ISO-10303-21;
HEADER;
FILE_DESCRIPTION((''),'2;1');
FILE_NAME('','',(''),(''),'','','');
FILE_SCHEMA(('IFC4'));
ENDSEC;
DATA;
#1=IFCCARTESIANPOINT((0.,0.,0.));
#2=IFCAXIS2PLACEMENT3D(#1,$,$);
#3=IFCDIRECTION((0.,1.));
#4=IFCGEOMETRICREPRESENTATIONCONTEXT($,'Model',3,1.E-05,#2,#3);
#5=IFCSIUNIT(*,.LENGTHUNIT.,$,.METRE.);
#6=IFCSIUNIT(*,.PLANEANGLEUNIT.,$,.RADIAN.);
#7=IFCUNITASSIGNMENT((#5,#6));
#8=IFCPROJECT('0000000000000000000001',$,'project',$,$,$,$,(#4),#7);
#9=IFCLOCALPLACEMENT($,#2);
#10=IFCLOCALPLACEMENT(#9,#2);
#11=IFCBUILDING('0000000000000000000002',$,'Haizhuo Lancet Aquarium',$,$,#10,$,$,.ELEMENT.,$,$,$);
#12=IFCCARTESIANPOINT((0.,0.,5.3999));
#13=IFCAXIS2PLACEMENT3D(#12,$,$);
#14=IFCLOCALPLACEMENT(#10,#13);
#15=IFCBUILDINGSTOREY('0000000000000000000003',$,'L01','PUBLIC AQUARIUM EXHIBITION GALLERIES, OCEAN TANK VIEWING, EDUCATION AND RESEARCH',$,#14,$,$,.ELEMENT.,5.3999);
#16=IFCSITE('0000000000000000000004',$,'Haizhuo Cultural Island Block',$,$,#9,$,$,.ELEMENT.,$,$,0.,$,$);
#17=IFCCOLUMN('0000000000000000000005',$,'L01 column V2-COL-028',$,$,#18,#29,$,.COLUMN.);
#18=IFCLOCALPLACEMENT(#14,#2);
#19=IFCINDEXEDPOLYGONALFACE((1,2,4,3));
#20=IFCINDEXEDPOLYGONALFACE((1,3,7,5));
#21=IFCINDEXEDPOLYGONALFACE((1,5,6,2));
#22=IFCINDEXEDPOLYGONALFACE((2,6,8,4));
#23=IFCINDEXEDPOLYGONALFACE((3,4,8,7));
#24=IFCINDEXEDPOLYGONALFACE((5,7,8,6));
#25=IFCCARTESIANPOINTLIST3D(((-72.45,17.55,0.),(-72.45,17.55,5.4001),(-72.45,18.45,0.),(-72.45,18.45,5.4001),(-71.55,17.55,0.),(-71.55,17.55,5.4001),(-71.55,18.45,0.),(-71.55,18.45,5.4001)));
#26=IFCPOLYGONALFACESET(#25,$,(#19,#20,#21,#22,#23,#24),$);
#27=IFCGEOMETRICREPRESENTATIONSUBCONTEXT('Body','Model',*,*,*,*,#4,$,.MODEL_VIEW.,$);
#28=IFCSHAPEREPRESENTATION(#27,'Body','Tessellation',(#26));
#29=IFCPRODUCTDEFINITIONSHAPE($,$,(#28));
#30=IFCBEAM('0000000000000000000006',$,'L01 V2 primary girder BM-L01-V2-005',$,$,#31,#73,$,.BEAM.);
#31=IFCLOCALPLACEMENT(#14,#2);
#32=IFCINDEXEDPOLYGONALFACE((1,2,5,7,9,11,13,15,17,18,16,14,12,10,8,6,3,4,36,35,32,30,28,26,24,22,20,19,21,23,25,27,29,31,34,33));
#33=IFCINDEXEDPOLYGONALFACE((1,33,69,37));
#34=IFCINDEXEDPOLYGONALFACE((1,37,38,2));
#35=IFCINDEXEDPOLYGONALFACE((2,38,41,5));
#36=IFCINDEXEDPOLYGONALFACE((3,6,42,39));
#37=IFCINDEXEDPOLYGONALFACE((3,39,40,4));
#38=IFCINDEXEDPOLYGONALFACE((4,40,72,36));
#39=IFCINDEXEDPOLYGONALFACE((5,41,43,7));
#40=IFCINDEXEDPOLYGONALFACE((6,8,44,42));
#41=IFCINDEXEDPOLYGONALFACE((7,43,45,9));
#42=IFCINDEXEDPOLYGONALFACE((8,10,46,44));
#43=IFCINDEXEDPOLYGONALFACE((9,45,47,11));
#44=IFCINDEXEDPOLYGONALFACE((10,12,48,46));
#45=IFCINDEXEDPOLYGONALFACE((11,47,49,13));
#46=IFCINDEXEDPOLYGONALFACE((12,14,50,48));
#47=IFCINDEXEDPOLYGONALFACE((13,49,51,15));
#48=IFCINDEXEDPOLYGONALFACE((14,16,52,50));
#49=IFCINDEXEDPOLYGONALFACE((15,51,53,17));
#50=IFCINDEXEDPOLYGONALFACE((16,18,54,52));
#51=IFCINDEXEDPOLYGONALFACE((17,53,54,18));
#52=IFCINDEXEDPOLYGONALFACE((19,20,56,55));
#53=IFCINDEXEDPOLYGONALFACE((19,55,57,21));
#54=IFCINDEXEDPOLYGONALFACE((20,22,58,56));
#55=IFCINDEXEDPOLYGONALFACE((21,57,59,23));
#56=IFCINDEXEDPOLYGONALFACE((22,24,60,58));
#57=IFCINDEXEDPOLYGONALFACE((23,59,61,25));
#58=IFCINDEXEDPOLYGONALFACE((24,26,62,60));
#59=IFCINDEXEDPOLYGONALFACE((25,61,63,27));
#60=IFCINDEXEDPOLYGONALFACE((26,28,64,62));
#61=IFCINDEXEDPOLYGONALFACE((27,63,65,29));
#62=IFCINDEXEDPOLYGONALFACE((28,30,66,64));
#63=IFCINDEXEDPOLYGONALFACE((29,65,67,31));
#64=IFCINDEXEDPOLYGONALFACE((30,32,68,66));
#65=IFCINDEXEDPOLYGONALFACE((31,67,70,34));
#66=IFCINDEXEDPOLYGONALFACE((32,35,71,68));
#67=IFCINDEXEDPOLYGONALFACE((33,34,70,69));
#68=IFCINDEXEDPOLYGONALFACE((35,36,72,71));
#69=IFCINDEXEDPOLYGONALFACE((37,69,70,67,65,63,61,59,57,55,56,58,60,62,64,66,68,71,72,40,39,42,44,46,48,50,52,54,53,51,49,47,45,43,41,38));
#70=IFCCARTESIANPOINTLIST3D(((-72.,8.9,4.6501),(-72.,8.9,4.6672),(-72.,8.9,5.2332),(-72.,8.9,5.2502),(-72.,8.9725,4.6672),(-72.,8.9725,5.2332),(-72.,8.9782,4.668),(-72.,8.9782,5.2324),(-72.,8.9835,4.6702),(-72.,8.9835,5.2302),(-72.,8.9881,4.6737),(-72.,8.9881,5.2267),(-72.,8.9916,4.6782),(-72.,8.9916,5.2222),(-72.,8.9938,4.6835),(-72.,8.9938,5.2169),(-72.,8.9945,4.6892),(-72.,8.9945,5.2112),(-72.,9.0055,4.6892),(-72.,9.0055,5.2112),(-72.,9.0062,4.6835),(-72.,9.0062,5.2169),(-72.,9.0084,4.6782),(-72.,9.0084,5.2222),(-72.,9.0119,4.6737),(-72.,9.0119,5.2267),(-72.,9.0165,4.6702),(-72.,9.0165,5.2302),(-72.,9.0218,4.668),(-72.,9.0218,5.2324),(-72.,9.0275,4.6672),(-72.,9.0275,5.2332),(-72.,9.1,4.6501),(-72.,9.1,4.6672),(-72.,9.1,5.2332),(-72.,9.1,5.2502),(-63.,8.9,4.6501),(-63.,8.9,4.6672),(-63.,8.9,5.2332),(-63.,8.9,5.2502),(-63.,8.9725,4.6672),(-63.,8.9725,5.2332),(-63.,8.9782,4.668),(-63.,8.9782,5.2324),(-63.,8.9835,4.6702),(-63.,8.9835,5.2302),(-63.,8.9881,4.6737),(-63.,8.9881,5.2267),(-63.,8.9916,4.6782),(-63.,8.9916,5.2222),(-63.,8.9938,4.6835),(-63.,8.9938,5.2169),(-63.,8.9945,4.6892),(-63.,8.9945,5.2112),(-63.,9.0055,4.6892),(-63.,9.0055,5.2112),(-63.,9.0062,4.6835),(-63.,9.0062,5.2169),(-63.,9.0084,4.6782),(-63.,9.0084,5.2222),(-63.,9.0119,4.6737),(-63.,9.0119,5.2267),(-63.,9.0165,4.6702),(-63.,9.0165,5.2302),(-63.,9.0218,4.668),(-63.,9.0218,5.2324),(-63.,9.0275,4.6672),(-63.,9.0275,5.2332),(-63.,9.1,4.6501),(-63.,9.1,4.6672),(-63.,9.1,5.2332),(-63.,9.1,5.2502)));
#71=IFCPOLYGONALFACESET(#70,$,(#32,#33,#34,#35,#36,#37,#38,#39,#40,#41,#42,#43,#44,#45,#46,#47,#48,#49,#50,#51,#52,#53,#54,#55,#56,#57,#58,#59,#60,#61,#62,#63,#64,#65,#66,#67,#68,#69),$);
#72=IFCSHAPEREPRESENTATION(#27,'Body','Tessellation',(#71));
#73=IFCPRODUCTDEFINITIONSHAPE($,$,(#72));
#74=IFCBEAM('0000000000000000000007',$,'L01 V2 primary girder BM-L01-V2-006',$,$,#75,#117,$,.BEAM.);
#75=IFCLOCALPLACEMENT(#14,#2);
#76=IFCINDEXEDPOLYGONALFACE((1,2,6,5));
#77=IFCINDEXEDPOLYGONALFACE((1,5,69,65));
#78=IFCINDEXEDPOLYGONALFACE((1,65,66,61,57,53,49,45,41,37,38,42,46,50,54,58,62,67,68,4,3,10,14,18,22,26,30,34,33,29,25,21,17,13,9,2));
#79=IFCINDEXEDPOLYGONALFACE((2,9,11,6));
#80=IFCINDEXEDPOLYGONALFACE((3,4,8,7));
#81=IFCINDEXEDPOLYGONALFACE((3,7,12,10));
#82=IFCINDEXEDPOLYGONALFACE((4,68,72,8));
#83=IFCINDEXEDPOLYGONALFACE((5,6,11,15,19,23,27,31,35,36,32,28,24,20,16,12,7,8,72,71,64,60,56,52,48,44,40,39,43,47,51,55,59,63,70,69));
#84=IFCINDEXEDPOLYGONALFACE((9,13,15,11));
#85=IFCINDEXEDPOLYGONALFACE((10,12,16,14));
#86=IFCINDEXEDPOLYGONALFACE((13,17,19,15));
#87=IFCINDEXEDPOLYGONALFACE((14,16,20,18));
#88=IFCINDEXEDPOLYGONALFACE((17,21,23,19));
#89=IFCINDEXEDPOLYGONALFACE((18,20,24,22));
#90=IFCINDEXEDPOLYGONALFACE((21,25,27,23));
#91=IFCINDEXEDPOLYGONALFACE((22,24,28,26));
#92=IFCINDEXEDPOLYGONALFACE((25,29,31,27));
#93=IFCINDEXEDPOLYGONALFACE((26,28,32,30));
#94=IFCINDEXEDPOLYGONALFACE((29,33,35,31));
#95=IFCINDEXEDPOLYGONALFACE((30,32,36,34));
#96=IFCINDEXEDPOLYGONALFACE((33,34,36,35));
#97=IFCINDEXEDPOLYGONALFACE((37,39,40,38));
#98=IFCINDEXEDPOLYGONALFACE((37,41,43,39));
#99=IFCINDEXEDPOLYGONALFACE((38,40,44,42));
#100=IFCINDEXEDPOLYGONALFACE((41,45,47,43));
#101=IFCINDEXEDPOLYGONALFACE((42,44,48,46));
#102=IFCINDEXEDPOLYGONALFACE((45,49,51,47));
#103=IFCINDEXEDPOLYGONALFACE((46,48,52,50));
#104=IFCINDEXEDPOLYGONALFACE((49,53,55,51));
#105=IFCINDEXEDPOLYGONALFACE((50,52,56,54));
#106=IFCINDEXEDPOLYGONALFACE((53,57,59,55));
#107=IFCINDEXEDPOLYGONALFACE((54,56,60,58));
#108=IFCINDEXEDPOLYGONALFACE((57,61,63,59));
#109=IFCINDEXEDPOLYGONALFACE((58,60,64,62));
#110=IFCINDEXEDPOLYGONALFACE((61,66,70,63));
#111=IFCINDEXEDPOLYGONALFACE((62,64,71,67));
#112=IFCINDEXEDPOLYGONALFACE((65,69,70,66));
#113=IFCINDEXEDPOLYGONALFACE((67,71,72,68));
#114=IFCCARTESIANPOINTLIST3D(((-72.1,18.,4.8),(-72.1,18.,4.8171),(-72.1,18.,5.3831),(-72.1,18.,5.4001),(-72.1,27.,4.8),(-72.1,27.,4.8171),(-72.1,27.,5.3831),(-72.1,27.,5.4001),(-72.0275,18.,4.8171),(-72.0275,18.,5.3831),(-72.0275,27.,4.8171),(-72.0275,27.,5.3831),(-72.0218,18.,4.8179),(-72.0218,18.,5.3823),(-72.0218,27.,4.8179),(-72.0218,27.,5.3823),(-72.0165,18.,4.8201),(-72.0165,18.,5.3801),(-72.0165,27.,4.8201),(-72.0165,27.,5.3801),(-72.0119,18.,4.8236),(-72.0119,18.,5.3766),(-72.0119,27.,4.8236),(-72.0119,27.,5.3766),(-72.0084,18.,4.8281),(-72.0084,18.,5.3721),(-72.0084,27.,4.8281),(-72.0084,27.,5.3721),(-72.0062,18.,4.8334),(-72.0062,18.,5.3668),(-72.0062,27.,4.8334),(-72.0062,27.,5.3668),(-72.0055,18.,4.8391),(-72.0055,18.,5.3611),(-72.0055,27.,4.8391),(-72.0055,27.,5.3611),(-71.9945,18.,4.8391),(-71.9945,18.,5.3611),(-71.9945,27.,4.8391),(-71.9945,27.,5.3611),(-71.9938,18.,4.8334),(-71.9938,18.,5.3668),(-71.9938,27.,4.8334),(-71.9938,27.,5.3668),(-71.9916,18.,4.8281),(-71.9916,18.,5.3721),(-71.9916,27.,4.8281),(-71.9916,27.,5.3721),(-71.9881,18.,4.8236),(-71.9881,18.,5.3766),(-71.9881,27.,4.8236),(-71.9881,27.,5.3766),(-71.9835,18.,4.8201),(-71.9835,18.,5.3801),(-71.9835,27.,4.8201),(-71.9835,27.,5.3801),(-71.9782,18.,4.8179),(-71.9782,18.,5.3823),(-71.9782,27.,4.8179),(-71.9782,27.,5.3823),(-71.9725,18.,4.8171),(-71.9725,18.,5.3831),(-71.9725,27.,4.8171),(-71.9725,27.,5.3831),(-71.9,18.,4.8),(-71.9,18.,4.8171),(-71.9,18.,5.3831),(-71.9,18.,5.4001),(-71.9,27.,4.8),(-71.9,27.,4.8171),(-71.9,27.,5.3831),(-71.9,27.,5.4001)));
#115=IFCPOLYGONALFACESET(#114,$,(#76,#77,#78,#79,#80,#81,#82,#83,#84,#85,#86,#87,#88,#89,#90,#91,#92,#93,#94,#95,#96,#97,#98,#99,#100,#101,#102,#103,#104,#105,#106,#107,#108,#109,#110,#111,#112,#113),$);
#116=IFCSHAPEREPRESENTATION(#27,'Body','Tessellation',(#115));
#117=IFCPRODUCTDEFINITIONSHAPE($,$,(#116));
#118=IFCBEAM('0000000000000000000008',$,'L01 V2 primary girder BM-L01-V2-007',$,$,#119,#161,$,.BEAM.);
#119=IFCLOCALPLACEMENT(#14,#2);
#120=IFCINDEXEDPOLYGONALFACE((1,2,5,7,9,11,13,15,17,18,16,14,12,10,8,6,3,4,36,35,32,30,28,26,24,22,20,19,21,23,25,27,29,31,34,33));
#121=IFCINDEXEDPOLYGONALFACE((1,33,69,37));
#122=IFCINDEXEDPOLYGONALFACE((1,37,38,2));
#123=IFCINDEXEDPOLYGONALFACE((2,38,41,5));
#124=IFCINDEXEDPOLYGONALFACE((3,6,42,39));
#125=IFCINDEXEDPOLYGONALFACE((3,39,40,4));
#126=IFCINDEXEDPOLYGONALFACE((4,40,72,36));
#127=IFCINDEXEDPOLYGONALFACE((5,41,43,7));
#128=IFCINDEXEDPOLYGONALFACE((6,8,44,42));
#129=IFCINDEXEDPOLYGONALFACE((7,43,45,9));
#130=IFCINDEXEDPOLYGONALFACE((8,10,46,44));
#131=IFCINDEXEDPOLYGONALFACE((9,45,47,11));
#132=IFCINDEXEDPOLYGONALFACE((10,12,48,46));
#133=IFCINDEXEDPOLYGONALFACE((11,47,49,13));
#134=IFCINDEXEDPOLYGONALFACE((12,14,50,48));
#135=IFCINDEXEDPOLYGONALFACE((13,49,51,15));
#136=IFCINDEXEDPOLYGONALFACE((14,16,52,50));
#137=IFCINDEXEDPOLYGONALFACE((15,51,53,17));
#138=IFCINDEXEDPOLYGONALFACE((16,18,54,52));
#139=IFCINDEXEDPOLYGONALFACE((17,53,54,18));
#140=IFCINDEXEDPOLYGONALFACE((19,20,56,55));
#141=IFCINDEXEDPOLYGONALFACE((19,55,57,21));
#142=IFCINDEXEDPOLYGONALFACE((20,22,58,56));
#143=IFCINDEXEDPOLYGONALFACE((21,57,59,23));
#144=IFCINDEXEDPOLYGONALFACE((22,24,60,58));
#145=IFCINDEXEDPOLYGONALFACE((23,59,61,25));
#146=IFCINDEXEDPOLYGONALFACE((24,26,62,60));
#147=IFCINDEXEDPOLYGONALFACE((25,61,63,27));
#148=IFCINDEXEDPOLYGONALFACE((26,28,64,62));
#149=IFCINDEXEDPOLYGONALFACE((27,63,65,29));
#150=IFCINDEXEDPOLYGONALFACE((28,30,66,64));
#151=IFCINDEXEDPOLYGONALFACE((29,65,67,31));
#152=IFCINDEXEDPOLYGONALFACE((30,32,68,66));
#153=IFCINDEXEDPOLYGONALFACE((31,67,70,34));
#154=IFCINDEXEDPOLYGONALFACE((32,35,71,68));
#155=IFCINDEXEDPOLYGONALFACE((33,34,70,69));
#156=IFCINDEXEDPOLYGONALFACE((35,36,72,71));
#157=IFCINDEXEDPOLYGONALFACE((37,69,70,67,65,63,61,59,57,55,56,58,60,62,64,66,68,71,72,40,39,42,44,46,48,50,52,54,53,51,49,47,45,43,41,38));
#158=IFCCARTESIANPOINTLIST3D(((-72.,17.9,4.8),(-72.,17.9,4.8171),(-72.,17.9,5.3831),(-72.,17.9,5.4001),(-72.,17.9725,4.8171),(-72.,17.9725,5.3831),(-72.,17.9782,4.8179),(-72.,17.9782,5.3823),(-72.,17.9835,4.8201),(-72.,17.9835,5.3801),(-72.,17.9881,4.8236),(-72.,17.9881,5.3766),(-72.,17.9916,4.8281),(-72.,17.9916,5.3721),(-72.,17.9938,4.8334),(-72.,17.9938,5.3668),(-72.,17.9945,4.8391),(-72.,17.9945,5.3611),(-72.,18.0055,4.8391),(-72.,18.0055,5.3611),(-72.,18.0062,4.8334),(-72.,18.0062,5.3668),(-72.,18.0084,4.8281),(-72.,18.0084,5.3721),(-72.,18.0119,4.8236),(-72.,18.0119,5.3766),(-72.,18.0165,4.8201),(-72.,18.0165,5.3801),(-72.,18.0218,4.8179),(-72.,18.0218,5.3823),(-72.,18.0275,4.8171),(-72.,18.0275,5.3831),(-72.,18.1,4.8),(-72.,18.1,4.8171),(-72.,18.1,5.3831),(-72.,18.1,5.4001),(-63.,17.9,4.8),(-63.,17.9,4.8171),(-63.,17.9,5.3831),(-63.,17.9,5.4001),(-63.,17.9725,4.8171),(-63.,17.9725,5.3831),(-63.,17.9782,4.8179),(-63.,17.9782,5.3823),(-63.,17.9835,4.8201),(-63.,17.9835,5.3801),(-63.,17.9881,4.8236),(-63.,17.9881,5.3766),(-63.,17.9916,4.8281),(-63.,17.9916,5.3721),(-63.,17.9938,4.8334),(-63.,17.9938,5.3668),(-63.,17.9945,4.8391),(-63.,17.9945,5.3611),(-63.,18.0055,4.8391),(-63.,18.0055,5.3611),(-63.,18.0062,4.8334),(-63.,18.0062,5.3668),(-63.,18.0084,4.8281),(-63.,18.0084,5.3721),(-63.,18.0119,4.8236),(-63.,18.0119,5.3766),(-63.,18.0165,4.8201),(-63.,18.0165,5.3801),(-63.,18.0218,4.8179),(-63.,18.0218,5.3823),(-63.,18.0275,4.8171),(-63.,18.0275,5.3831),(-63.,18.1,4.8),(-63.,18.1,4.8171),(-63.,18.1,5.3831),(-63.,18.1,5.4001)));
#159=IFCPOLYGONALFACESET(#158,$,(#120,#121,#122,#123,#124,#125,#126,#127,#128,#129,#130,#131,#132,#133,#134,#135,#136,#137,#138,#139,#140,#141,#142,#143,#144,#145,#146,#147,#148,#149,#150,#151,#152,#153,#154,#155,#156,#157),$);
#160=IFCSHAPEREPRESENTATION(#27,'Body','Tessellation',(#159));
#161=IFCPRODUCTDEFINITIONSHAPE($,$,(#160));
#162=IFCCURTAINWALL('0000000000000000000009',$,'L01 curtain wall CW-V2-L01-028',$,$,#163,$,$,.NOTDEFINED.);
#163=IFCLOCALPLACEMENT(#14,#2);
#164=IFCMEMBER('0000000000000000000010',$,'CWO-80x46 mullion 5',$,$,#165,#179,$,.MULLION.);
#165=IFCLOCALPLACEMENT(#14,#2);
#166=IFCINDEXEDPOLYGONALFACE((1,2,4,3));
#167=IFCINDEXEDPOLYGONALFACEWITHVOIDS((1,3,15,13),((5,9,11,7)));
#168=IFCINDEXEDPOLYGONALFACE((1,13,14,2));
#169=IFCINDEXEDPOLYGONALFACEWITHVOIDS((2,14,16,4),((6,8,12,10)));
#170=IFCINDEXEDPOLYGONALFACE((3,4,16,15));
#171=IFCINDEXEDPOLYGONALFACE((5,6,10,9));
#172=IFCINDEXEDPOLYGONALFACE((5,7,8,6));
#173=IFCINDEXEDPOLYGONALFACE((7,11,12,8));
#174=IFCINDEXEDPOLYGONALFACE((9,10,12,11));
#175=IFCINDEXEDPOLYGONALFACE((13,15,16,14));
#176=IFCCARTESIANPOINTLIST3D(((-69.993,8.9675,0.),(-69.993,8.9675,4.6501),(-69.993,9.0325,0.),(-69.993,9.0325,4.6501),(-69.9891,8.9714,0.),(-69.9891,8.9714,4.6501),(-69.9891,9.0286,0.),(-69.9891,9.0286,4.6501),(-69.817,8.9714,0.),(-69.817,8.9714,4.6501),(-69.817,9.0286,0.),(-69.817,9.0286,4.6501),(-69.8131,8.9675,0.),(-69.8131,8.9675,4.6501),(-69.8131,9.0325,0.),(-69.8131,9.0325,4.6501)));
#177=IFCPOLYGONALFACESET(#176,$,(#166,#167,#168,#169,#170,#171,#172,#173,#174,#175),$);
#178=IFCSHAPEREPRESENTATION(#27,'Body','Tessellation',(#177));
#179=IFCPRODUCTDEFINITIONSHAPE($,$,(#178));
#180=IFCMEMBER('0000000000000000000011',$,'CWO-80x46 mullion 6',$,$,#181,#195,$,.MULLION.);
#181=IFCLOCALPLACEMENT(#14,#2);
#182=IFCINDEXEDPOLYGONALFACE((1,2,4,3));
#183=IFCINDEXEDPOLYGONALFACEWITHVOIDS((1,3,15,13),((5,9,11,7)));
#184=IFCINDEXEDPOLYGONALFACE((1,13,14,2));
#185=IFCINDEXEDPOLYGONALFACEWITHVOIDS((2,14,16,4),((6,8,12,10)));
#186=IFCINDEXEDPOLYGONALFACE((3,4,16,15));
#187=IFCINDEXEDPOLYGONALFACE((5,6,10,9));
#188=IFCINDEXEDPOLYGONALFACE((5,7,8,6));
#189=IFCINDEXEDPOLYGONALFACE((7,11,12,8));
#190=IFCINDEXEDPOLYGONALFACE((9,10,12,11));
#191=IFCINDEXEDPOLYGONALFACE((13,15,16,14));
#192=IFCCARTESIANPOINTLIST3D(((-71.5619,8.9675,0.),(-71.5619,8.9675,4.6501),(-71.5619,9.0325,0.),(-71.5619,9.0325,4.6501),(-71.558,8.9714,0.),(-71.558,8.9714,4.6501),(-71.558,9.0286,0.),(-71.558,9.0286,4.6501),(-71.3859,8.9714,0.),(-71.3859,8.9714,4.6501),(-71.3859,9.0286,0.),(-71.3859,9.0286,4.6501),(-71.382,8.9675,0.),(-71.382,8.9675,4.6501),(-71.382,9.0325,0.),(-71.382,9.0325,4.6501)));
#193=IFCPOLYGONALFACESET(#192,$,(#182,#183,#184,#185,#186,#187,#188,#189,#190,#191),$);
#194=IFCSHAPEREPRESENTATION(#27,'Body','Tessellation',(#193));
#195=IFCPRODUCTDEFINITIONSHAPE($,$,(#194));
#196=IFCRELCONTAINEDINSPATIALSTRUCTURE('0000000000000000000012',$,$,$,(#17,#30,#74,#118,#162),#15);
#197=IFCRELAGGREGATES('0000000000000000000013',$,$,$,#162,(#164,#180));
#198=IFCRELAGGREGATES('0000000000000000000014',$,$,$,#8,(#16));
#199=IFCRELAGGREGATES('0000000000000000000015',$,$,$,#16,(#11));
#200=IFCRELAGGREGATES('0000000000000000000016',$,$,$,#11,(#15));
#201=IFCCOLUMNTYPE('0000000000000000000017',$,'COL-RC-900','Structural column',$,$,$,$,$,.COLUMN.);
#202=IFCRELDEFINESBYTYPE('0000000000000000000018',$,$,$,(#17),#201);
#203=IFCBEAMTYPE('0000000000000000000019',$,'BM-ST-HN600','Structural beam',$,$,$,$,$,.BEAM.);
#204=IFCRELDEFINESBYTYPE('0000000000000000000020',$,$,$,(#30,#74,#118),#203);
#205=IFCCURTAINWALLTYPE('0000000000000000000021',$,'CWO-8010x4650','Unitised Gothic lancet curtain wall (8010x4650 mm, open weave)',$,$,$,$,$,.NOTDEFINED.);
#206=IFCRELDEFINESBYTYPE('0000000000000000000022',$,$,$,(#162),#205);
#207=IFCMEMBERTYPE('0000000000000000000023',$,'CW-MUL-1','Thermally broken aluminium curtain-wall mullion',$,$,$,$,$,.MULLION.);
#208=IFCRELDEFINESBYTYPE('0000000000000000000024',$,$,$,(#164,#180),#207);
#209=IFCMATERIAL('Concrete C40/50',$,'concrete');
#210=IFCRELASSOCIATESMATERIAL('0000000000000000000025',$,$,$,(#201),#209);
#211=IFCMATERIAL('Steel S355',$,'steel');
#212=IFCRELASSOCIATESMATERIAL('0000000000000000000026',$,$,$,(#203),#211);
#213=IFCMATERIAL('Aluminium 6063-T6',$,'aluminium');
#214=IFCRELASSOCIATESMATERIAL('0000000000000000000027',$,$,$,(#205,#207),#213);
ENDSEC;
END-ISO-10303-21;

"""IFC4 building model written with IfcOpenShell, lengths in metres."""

from ifc_helpers import new_model, si_unit, direction, frame, origin, origin_2d, place, context, subcontext, project, spatial, rectangle, hollow_rectangle, i_section, extrude, material, material_profile, profile_set, type_object, element, aggregate, save


model = new_model("IFC4")

# Units and contexts
model_context = context("Model", 3, precision=1e-05, world=origin(), true_north=direction((0.0, 1.0)))
body_context = subcontext(model_context, "Body", "Model", "MODEL_VIEW")
ifc_project = project(units=[si_unit("LENGTHUNIT", "METRE"), si_unit("PLANEANGLEUNIT", "RADIAN")], contexts=[model_context])

# Site, building, storey
site_placement = place(None, origin())
site = spatial("IfcSite", under=ifc_project, at=site_placement, Name="Haizhuo Cultural Island Block", CompositionType="ELEMENT", RefElevation=0.0)
building_placement = place(site_placement, origin())
building = spatial("IfcBuilding", under=site, at=building_placement, Name="Haizhuo Lancet Aquarium", CompositionType="ELEMENT")
storey_placement = place(building_placement, frame((0.0, 0.0, 5.3999)))
storey = spatial("IfcBuildingStorey", under=building, at=storey_placement, Name="L01", Description="PUBLIC AQUARIUM EXHIBITION GALLERIES, OCEAN TANK VIEWING, EDUCATION AND RESEARCH", CompositionType="ELEMENT", Elevation=5.3999)

# Column
ifc_material_1 = material(Name="Concrete C40/50", Category="concrete")
ifc_material_profile_1 = material_profile(ifc_material_1, rectangle(XDim=0.8999, YDim=0.8999, at=origin_2d()), Name="RC-COL 900x900")
ifc_profile_set_1 = profile_set([ifc_material_profile_1], Name="Concrete C40/50")
column_type = type_object("IfcColumnType", Name="COL-RC-900", Description="Structural column", PredefinedType="COLUMN", material=ifc_profile_set_1)
column_placement = place(storey_placement, frame((-72.0, 18.0, 0.0), z_axis=(0.0, 0.0, 1.0), x_axis=(1.0, 0.0, 0.0)))
element("IfcColumn", 1, at=column_placement, inside=storey, type_object=column_type, Name="L01 column V2-COL-028", PredefinedType="COLUMN", context=body_context, shape_type="SweptSolid", body=[
    extrude(rectangle(XDim=0.8999, YDim=0.8999, at=origin_2d()), origin(), (0.0, 0.0, 1.0), 5.4001),
])

# Beams
ifc_material_2 = material(Name="Steel S355", Category="steel")
ifc_material_profile_2 = material_profile(ifc_material_2, i_section(OverallWidth=0.2, OverallDepth=0.6001, WebThickness=0.011, FlangeThickness=0.0171, FilletRadius=0.022, at=origin_2d()), Name="HN 600x200x11x17")
ifc_profile_set_2 = profile_set([ifc_material_profile_2], Name="Steel S355")
beam_type = type_object("IfcBeamType", Name="BM-ST-HN600", Description="Structural beam", PredefinedType="BEAM", material=ifc_profile_set_2)
for number, where, z_axis, x_axis, name in (
    (2, (-72.0, 9.0, 4.9502), (1.0, 0.0, 0.0), (0.0, 1.0, 0.0), "L01 V2 primary girder BM-L01-V2-005"),
    (3, (-72.0, 18.0, 5.1001), (0.0, 1.0, 0.0), (-1.0, 0.0, 0.0), "L01 V2 primary girder BM-L01-V2-006"),
    (4, (-72.0, 18.0, 5.1001), (1.0, 0.0, 0.0), (0.0, 1.0, 0.0), "L01 V2 primary girder BM-L01-V2-007"),
):
    element("IfcBeam", number, at=place(storey_placement, frame(where, z_axis=z_axis, x_axis=x_axis)), inside=storey, type_object=beam_type, Name=name, PredefinedType="BEAM", context=body_context, shape_type="SweptSolid", body=[
        extrude(i_section(OverallWidth=0.2, OverallDepth=0.6001, WebThickness=0.011, FlangeThickness=0.0171, FilletRadius=0.022, at=origin_2d()), origin(), (0.0, 0.0, 1.0), 9.0),
    ])

# Curtain wall, members
ifc_material_3 = material(Name="Aluminium 6063-T6", Category="aluminium")
curtain_wall_type = type_object("IfcCurtainWallType", Name="CWO-8010x4650", Description="Unitised Gothic lancet curtain wall (8010x4650 mm, open weave)", PredefinedType="NOTDEFINED", material=ifc_material_3)
curtain_wall_placement = place(storey_placement, origin())
curtain_wall = element("IfcCurtainWall", 5, at=curtain_wall_placement, inside=storey, type_object=curtain_wall_type, Name="L01 curtain wall CW-V2-L01-028", PredefinedType="NOTDEFINED")
ifc_material_profile_3 = material_profile(ifc_material_3, hollow_rectangle(XDim=0.0649, YDim=0.1799, WallThickness=0.0039, at=origin_2d()), Name="ALU-M 65x180x4")
ifc_profile_set_3 = profile_set([ifc_material_profile_3], Name="Aluminium 6063-T6")
member_type_1 = type_object("IfcMemberType", Name="CW-MUL-1", Description="Thermally broken aluminium curtain-wall mullion", PredefinedType="MULLION", material=ifc_profile_set_3)
member_1_placement = place(storey_placement, frame((-69.9031, 9.0, 0.0), z_axis=(0.0, 0.0, 1.0), x_axis=(0.0, -1.0, 0.0)))
member_1 = element("IfcMember", 6, at=member_1_placement, type_object=member_type_1, Name="CWO-80x46 mullion 5", PredefinedType="MULLION", context=body_context, shape_type="SweptSolid", body=[
    extrude(hollow_rectangle(XDim=0.0649, YDim=0.1799, WallThickness=0.0039, at=origin_2d()), origin(), (0.0, 0.0, 1.0), 4.6501),
])
member_2_placement = place(storey_placement, frame((-71.4719, 9.0, 0.0), z_axis=(0.0, 0.0, 1.0), x_axis=(0.0, -1.0, 0.0)))
member_2 = element("IfcMember", 7, at=member_2_placement, type_object=member_type_1, Name="CWO-80x46 mullion 6", PredefinedType="MULLION", context=body_context, shape_type="SweptSolid", body=[
    extrude(hollow_rectangle(XDim=0.0649, YDim=0.1799, WallThickness=0.0039, at=origin_2d()), origin(), (0.0, 0.0, 1.0), 4.6501),
])

aggregate(curtain_wall, [member_1, member_2])

save(model, "model.ifc")
